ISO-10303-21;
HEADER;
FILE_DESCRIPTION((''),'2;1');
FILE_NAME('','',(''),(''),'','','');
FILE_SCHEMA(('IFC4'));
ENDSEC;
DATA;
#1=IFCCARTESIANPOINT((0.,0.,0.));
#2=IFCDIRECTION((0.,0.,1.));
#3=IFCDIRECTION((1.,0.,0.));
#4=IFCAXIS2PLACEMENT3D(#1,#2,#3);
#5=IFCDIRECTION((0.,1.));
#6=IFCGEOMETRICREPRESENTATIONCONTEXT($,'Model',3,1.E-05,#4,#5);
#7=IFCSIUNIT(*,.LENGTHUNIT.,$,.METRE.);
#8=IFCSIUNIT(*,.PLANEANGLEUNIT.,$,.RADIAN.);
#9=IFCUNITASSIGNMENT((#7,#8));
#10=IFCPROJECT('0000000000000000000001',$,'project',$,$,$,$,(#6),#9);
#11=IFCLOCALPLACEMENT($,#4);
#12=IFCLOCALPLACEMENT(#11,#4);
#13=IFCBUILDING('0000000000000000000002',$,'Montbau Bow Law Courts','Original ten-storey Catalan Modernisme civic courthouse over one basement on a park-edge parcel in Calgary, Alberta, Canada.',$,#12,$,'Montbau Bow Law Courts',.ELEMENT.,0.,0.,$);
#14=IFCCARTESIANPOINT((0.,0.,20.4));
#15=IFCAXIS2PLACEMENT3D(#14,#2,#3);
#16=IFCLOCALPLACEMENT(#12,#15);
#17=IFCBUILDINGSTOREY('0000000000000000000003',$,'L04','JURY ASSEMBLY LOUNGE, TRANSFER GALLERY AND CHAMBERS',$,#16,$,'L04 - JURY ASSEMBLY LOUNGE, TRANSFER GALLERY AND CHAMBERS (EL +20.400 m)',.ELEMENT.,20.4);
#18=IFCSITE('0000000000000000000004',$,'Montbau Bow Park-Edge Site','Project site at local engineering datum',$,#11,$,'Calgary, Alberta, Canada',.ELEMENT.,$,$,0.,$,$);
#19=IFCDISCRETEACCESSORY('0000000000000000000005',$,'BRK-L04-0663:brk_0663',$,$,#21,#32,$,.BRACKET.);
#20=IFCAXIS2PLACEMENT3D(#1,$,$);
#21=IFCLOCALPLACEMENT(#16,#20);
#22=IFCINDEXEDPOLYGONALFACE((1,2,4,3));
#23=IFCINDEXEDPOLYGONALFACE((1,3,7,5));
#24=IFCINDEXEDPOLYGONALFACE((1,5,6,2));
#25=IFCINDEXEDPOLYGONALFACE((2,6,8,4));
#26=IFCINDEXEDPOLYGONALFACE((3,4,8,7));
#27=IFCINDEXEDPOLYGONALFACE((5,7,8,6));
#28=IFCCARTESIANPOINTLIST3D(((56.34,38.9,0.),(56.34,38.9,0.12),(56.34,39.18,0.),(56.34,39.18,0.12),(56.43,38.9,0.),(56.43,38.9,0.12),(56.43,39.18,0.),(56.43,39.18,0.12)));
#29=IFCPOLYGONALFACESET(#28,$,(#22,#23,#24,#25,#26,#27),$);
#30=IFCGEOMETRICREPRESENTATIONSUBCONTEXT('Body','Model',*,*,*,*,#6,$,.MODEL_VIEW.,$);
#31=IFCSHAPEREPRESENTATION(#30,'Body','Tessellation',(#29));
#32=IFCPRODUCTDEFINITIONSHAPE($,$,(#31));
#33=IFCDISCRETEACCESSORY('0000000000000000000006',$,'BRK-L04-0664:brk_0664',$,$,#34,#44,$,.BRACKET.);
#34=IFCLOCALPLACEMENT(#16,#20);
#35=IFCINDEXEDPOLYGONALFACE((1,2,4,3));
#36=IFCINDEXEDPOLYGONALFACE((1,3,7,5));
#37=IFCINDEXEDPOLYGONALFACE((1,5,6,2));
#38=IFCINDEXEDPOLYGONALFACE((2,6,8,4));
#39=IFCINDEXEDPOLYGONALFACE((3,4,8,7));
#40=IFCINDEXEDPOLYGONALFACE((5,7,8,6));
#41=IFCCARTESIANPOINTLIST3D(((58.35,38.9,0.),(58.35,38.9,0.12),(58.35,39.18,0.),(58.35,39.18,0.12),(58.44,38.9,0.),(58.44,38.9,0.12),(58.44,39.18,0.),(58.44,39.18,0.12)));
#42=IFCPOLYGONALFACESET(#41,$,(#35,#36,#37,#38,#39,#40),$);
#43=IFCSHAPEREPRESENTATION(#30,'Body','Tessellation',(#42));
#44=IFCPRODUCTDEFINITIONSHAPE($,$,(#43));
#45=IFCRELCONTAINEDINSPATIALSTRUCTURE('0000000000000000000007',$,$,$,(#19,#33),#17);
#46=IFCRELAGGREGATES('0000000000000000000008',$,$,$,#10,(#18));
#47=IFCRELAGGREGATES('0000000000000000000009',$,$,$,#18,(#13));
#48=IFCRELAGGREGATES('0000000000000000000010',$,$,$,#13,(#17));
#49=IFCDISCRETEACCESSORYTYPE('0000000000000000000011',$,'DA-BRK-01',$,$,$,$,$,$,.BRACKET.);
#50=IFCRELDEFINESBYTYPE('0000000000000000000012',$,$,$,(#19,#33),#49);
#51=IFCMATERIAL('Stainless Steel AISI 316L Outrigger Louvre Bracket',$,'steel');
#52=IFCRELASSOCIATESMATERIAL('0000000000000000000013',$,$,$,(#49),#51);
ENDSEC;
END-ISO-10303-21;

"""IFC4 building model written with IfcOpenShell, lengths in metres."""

from ifc_helpers import new_model, si_unit, direction, frame, origin_with_axes, origin_2d_with_axis, place, context, subcontext, project, spatial, rectangle, extrude, material, type_object, element, save


model = new_model("IFC4")

# Units and contexts
model_context = context("Model", 3, precision=1e-05, world=origin_with_axes(), true_north=direction((0.0, 1.0)))
body_context = subcontext(model_context, "Body", "Model", "MODEL_VIEW")
ifc_project = project(units=[si_unit("LENGTHUNIT", "METRE"), si_unit("PLANEANGLEUNIT", "RADIAN")], contexts=[model_context])

# Site, building, storey
site_placement = place(None, origin_with_axes())
site = spatial("IfcSite", under=ifc_project, at=site_placement, Name="Montbau Bow Park-Edge Site", Description="Project site at local engineering datum", LongName="Calgary, Alberta, Canada", CompositionType="ELEMENT", RefElevation=0.0)
building_placement = place(site_placement, origin_with_axes())
building = spatial("IfcBuilding", under=site, at=building_placement, Name="Montbau Bow Law Courts", Description="Original ten-storey Catalan Modernisme civic courthouse over one basement on a park-edge parcel in Calgary, Alberta, Canada.", LongName="Montbau Bow Law Courts", CompositionType="ELEMENT", ElevationOfRefHeight=0.0, ElevationOfTerrain=0.0)
storey_placement = place(building_placement, frame((0.0, 0.0, 20.4), z_axis=(0.0, 0.0, 1.0), x_axis=(1.0, 0.0, 0.0)))
storey = spatial("IfcBuildingStorey", under=building, at=storey_placement, Name="L04", Description="JURY ASSEMBLY LOUNGE, TRANSFER GALLERY AND CHAMBERS", LongName="L04 - JURY ASSEMBLY LOUNGE, TRANSFER GALLERY AND CHAMBERS (EL +20.400 m)", CompositionType="ELEMENT", Elevation=20.4)

# Discrete accessories
ifc_material_1 = material(Name="Stainless Steel AISI 316L Outrigger Louvre Bracket", Category="steel")
discrete_accessory_type = type_object("IfcDiscreteAccessoryType", Name="DA-BRK-01", PredefinedType="BRACKET", material=ifc_material_1)
for number, where, z_axis, x_axis, name in (
    (1, (56.385, 39.04, 20.4), (0.0, 0.0, 1.0), (0.0, -1.0, 0.0), "BRK-L04-0663:brk_0663"),
    (2, (58.395, 39.04, 20.4), (0.0, 0.0, 1.0), (0.0, -1.0, 0.0), "BRK-L04-0664:brk_0664"),
):
    element("IfcDiscreteAccessory", number, at=place(None, frame(where, z_axis=z_axis, x_axis=x_axis)), inside=storey, type_object=discrete_accessory_type, Name=name, PredefinedType="BRACKET", context=body_context, shape_type="SweptSolid", body=[
        extrude(rectangle(XDim=0.28, YDim=0.09, at=origin_2d_with_axis()), origin_with_axes(), (0.0, 0.0, 1.0), 0.12),
    ])

save(model, "model.ifc")
